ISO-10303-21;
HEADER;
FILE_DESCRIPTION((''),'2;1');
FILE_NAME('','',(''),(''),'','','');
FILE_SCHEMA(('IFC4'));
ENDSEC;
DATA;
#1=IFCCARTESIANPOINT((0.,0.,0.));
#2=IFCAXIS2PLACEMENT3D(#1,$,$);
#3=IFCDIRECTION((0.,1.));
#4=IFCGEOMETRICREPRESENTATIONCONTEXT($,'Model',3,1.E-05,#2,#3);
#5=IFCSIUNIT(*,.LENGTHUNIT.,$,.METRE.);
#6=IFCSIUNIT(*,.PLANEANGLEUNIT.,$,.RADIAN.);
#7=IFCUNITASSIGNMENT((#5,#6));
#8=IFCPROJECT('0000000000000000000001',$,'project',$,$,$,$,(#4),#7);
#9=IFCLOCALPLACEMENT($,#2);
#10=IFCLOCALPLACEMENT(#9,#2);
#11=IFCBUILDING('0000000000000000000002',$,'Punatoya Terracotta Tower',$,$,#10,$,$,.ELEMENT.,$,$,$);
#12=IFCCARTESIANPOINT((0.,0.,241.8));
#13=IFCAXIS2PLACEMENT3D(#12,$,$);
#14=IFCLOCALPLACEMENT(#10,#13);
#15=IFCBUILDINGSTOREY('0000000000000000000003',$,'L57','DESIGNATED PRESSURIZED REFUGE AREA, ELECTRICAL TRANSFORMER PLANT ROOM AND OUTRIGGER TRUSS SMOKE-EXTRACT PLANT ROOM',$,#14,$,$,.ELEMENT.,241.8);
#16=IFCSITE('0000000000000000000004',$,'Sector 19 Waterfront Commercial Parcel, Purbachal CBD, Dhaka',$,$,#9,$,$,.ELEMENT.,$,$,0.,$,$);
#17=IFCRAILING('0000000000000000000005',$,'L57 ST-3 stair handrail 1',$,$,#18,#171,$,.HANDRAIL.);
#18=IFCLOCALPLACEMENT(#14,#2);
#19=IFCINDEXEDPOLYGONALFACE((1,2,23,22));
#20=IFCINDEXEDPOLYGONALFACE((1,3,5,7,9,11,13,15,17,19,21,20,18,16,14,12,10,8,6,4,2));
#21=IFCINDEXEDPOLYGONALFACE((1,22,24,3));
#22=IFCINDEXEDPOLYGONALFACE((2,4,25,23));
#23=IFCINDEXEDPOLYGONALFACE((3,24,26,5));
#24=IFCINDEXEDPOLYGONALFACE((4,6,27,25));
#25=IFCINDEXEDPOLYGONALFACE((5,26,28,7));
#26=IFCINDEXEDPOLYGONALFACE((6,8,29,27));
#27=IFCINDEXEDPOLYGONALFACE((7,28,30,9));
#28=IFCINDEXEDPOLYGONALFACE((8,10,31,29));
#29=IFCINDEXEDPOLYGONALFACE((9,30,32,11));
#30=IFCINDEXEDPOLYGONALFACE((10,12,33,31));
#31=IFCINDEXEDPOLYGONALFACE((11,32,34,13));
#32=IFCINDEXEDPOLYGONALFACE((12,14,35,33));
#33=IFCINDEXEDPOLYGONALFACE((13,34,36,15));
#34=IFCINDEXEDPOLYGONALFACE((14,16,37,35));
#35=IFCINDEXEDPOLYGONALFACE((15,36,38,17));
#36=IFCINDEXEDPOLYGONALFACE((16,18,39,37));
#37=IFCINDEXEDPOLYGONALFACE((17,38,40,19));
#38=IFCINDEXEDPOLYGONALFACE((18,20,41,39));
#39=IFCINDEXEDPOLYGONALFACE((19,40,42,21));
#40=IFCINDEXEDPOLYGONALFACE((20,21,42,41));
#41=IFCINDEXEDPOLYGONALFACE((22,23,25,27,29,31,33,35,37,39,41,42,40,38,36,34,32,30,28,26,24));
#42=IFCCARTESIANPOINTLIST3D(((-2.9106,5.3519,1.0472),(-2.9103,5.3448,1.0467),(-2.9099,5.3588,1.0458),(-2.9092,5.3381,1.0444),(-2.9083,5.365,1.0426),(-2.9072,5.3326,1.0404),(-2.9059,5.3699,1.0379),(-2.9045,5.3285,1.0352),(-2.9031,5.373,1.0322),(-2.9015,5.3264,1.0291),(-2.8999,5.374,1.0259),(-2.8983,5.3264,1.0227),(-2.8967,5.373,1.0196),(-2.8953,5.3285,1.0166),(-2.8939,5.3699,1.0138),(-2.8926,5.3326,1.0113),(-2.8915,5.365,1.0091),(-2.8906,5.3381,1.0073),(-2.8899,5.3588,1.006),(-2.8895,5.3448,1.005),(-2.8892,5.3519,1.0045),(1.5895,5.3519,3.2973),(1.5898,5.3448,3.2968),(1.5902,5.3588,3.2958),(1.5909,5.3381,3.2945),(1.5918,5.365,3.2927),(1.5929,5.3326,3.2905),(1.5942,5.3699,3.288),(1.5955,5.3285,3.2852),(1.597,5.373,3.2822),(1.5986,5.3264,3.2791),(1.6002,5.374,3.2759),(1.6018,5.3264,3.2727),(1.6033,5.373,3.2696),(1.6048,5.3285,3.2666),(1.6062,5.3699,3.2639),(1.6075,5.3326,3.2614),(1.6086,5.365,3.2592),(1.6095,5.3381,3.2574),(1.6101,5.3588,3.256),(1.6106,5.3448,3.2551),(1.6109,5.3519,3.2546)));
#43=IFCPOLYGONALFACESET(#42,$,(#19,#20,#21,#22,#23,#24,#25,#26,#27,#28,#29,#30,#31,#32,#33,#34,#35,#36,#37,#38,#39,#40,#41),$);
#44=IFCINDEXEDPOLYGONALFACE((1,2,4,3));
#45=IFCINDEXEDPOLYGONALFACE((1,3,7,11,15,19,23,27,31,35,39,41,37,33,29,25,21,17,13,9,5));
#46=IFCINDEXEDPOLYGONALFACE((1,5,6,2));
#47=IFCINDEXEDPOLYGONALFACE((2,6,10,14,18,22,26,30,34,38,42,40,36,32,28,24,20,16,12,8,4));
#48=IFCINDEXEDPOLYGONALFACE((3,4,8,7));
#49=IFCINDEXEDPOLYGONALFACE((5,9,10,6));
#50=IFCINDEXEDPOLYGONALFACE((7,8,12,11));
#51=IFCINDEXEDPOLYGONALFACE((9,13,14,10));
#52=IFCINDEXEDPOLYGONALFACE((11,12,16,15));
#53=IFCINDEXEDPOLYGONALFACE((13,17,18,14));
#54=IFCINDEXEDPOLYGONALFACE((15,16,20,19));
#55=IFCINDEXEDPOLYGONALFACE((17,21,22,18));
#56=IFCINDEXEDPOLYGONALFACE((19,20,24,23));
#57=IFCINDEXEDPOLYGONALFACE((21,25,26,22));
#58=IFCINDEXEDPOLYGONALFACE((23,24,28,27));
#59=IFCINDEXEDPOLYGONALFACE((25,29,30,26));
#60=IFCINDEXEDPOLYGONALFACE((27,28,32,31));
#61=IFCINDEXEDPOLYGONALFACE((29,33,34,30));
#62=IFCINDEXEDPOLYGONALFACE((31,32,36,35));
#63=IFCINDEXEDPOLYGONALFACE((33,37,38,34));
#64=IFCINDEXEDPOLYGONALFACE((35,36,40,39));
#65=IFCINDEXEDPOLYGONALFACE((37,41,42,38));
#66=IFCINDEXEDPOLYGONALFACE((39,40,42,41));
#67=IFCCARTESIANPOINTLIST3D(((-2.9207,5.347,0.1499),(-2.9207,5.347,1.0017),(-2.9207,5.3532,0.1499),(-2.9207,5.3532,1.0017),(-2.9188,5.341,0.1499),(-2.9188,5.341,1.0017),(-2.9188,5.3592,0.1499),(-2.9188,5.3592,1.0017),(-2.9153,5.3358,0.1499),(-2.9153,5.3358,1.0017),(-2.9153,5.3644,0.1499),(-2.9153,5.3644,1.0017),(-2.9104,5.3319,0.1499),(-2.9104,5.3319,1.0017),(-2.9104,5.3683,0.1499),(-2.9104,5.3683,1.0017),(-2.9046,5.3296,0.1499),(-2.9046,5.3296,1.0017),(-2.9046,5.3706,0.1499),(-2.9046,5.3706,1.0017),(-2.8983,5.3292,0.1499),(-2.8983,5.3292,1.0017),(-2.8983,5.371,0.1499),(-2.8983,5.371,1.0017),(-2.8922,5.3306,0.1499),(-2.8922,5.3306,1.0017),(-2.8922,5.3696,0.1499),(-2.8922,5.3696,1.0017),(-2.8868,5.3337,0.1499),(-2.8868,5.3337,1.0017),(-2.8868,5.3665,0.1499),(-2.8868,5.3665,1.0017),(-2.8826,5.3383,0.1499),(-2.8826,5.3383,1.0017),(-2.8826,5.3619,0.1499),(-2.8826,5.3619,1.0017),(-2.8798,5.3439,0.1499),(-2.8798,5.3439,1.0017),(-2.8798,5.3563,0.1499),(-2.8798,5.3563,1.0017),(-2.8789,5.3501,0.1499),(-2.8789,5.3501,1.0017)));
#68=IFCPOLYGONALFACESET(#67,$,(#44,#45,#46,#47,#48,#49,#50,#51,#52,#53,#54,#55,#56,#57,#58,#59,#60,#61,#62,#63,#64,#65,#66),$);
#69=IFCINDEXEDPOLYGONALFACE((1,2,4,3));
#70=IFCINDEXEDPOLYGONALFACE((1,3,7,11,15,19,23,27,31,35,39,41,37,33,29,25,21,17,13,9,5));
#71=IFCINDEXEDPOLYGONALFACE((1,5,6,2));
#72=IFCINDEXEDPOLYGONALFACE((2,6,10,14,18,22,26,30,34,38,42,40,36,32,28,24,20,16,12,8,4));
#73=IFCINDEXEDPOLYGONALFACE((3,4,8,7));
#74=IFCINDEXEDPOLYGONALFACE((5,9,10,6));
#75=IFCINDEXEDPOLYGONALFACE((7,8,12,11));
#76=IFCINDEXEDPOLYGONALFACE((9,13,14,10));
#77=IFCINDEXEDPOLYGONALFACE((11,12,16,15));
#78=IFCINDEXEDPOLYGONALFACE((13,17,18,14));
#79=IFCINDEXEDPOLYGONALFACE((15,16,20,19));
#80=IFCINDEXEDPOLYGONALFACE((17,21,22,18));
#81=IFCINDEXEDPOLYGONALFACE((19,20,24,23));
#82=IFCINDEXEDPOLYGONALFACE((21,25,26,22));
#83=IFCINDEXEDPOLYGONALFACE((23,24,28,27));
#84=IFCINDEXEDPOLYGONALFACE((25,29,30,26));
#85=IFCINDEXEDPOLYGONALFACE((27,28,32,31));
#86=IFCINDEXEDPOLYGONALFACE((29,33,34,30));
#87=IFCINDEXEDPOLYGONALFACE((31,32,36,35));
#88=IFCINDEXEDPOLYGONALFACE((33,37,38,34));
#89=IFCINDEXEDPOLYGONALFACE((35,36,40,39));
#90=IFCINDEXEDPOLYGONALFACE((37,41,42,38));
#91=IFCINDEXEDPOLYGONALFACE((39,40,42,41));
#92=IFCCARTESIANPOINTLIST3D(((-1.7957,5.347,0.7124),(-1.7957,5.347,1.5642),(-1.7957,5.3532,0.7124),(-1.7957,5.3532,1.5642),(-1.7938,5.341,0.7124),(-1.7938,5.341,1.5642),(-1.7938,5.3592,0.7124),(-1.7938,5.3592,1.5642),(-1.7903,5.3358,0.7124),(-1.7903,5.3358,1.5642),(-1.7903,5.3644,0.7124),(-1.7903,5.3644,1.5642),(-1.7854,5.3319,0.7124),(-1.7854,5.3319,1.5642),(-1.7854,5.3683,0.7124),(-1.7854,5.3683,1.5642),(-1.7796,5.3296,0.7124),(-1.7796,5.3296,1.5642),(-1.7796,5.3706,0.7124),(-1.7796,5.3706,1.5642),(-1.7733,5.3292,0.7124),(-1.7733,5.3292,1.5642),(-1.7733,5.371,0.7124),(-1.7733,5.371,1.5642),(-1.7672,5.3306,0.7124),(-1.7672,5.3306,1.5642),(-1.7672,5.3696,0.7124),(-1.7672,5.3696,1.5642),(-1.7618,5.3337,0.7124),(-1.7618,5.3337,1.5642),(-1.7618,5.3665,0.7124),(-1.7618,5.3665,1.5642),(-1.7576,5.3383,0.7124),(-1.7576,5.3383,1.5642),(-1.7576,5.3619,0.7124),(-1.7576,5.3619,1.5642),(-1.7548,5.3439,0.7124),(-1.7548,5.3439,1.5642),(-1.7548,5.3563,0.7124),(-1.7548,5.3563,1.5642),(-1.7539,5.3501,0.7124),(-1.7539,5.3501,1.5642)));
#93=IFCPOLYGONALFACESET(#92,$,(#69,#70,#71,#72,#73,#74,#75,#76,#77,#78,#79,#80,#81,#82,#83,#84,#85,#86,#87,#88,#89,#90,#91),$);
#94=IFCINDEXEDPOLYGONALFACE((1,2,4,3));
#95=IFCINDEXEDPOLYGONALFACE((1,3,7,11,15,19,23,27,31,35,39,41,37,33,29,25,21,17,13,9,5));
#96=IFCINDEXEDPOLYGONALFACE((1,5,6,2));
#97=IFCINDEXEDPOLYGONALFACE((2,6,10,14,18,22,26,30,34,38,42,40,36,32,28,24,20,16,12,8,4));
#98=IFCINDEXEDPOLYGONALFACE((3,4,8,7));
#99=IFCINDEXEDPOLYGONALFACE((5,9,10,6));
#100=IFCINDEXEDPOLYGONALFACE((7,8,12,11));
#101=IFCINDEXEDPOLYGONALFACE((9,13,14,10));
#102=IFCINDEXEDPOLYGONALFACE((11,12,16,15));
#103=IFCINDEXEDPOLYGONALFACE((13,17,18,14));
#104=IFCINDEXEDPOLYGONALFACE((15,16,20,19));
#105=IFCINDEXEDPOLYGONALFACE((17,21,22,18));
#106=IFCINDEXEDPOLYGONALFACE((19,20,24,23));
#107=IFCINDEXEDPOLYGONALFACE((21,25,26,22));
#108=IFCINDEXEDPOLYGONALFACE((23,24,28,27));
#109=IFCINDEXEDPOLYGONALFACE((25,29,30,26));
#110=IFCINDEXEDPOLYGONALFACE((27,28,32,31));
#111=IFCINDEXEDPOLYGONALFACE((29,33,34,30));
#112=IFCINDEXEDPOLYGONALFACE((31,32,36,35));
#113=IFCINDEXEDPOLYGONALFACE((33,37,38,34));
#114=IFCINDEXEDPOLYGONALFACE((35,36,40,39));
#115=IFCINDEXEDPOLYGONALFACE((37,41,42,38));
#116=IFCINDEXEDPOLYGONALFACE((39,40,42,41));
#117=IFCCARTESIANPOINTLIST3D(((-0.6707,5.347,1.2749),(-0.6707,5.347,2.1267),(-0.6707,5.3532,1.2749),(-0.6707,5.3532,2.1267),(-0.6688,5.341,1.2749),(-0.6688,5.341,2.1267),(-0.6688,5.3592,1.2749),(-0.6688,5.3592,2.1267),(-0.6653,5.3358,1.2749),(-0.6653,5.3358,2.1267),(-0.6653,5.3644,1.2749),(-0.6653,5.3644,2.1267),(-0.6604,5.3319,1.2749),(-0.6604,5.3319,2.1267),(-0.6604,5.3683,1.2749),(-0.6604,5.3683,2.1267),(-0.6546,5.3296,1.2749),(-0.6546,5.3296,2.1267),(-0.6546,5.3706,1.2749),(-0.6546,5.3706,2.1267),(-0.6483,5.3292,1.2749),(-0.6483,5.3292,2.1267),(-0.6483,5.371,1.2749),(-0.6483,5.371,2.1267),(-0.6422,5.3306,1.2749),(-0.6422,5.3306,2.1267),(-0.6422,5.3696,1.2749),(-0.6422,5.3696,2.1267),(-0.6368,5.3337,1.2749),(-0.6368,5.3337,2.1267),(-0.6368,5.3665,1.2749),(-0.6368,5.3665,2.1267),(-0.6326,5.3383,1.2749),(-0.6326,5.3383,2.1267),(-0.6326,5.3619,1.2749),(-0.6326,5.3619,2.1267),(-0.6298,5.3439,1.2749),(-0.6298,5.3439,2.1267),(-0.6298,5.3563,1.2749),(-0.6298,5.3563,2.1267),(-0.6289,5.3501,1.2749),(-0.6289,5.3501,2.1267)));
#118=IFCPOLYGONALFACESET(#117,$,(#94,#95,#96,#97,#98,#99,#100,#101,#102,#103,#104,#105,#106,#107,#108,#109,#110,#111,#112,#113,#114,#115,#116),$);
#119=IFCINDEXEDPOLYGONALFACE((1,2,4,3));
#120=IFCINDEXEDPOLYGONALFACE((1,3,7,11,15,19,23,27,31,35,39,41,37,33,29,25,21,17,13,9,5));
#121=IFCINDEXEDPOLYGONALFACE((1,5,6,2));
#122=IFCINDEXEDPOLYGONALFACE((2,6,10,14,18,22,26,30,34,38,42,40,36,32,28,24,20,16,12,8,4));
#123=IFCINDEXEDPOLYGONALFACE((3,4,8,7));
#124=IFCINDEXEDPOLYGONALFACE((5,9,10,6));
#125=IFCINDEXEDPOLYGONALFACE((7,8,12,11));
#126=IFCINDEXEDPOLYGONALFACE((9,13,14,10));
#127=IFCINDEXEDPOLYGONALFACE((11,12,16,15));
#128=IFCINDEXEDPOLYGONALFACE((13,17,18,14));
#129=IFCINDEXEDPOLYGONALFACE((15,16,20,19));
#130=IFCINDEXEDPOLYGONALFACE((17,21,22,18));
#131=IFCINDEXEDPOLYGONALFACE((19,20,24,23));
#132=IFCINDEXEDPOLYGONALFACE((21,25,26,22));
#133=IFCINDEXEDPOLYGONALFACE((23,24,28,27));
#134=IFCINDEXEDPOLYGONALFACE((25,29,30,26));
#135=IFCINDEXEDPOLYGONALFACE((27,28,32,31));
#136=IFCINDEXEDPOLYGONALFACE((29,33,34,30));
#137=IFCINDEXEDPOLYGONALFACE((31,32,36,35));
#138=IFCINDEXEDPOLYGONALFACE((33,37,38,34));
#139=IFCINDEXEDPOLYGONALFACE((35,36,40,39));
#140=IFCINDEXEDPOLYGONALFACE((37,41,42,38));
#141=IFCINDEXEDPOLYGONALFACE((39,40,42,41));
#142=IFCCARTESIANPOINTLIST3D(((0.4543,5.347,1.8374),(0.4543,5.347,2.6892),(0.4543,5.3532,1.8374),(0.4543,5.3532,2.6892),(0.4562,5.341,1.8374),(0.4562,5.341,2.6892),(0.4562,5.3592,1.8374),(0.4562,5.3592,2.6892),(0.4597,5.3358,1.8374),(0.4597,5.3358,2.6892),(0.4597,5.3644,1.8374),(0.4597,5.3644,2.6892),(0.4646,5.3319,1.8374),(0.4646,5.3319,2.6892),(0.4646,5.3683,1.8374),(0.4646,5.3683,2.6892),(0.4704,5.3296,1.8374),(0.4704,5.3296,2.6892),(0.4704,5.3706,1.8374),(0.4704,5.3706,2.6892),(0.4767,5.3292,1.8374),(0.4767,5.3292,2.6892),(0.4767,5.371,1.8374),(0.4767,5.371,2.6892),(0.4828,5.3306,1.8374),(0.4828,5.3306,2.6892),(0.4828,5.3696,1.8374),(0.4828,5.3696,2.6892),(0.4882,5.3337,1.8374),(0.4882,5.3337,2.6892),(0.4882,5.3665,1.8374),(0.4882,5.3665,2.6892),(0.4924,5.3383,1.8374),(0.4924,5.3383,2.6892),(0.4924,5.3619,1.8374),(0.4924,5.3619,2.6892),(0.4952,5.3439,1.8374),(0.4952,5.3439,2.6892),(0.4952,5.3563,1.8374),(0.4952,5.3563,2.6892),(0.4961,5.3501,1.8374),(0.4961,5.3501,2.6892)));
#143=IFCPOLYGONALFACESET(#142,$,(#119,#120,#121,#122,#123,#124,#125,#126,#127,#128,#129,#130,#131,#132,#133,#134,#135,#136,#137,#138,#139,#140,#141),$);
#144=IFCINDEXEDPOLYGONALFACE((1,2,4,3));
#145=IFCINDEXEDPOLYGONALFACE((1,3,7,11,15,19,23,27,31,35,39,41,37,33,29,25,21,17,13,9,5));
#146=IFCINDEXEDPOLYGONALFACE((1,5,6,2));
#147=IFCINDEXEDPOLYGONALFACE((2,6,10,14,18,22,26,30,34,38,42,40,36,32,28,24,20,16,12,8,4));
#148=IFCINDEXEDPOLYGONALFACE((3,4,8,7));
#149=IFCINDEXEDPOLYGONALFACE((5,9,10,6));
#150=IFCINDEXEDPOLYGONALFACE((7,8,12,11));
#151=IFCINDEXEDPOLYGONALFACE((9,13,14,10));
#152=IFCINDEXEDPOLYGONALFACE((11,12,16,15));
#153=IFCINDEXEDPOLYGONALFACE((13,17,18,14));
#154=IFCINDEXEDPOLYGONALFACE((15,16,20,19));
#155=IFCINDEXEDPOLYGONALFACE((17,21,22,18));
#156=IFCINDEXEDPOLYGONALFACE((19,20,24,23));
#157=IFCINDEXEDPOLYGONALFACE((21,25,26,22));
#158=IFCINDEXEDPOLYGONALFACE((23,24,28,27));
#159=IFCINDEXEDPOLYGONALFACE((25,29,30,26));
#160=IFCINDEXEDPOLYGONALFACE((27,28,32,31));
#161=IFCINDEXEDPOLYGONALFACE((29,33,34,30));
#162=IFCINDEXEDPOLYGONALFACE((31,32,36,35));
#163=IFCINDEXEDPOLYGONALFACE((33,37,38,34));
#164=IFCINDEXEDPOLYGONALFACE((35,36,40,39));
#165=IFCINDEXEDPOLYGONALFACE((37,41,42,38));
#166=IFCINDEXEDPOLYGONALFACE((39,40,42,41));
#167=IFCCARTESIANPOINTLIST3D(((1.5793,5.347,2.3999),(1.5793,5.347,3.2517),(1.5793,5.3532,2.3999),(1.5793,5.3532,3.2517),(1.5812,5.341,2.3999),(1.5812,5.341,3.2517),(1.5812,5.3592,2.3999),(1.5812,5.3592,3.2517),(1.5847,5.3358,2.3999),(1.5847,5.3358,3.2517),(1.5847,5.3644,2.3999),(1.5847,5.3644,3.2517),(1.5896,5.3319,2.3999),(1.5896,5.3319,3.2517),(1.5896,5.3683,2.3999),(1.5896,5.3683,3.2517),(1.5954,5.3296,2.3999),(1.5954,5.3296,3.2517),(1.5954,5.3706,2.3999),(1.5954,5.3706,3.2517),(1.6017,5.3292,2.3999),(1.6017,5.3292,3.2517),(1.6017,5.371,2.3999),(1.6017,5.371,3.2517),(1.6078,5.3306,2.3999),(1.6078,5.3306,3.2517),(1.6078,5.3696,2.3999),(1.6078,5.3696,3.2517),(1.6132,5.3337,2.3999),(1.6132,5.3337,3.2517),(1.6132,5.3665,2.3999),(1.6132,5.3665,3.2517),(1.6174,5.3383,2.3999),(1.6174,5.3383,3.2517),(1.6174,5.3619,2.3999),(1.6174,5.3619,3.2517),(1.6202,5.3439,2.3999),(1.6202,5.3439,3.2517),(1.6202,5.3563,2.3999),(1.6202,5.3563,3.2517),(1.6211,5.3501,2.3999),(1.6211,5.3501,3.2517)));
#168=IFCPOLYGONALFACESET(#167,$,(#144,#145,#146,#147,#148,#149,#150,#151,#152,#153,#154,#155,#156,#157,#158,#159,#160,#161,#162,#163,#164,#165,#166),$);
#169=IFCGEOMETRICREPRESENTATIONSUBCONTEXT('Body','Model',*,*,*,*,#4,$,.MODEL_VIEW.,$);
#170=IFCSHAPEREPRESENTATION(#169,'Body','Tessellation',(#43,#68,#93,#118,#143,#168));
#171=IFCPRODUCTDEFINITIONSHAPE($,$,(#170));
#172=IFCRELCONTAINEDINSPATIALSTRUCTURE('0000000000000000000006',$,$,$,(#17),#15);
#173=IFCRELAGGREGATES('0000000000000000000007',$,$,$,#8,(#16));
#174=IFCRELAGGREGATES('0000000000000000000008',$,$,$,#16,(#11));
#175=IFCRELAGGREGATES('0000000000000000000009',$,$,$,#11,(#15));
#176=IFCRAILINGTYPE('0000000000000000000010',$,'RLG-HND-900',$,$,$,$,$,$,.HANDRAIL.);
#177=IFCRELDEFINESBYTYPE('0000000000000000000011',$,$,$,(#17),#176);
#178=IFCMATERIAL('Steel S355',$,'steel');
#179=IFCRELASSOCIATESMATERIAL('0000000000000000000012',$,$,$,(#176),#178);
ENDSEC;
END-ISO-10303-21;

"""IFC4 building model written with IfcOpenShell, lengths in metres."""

from ifc_helpers import new_model, si_unit, direction, frame, origin, origin_2d, place, context, subcontext, project, spatial, circle, extrude, material, type_object, element, save


model = new_model("IFC4")

# Units and contexts
model_context = context("Model", 3, precision=1e-05, world=origin(), true_north=direction((0.0, 1.0)))
body_context = subcontext(model_context, "Body", "Model", "MODEL_VIEW")
ifc_project = project(units=[si_unit("LENGTHUNIT", "METRE"), si_unit("PLANEANGLEUNIT", "RADIAN")], contexts=[model_context])

# Site, building, storey
site_placement = place(None, origin())
site = spatial("IfcSite", under=ifc_project, at=site_placement, Name="Sector 19 Waterfront Commercial Parcel, Purbachal CBD, Dhaka", CompositionType="ELEMENT", RefElevation=0.0)
building_placement = place(site_placement, origin())
building = spatial("IfcBuilding", under=site, at=building_placement, Name="Punatoya Terracotta Tower", CompositionType="ELEMENT")
storey_placement = place(building_placement, frame((0.0, 0.0, 241.8)))
storey = spatial("IfcBuildingStorey", under=building, at=storey_placement, Name="L57", Description="DESIGNATED PRESSURIZED REFUGE AREA, ELECTRICAL TRANSFORMER PLANT ROOM AND OUTRIGGER TRUSS SMOKE-EXTRACT PLANT ROOM", CompositionType="ELEMENT", Elevation=241.8)

# Shared definitions
ifc_material_1 = material(Name="Steel S355", Category="steel")

# Railing
railing_type_1 = type_object("IfcRailingType", Name="RLG-HND-900", PredefinedType="HANDRAIL", material=ifc_material_1)
railing_1_placement = place(storey_placement, frame((-2.8999, 5.3501, 0.1499)))
element("IfcRailing", 1, at=railing_1_placement, inside=storey, type_object=railing_type_1, Name="L57 ST-3 stair handrail 1", PredefinedType="HANDRAIL", context=body_context, shape_type="SweptSolid", body=[
    extrude(circle(Radius=0.0239, at=origin_2d()), frame((0.0, 0.0, 0.876), z_axis=(0.894427, 0.0, 0.447214), x_axis=(0.0, 1.0, 0.0)), (0.0, 0.0, 1.0), 5.0312),
    extrude(circle(Radius=0.021, at=origin_2d()), origin(), (0.0, 0.0, 1.0), 0.8518),
    extrude(circle(Radius=0.021, at=origin_2d()), frame((1.125, 0.0, 0.5625)), (0.0, 0.0, 1.0), 0.8518),
    extrude(circle(Radius=0.021, at=origin_2d()), frame((2.25, 0.0, 1.125)), (0.0, 0.0, 1.0), 0.8518),
    extrude(circle(Radius=0.021, at=origin_2d()), frame((3.375, 0.0, 1.6875)), (0.0, 0.0, 1.0), 0.8518),
    extrude(circle(Radius=0.021, at=origin_2d()), frame((4.5, 0.0, 2.25)), (0.0, 0.0, 1.0), 0.8518),
])

save(model, "model.ifc")
